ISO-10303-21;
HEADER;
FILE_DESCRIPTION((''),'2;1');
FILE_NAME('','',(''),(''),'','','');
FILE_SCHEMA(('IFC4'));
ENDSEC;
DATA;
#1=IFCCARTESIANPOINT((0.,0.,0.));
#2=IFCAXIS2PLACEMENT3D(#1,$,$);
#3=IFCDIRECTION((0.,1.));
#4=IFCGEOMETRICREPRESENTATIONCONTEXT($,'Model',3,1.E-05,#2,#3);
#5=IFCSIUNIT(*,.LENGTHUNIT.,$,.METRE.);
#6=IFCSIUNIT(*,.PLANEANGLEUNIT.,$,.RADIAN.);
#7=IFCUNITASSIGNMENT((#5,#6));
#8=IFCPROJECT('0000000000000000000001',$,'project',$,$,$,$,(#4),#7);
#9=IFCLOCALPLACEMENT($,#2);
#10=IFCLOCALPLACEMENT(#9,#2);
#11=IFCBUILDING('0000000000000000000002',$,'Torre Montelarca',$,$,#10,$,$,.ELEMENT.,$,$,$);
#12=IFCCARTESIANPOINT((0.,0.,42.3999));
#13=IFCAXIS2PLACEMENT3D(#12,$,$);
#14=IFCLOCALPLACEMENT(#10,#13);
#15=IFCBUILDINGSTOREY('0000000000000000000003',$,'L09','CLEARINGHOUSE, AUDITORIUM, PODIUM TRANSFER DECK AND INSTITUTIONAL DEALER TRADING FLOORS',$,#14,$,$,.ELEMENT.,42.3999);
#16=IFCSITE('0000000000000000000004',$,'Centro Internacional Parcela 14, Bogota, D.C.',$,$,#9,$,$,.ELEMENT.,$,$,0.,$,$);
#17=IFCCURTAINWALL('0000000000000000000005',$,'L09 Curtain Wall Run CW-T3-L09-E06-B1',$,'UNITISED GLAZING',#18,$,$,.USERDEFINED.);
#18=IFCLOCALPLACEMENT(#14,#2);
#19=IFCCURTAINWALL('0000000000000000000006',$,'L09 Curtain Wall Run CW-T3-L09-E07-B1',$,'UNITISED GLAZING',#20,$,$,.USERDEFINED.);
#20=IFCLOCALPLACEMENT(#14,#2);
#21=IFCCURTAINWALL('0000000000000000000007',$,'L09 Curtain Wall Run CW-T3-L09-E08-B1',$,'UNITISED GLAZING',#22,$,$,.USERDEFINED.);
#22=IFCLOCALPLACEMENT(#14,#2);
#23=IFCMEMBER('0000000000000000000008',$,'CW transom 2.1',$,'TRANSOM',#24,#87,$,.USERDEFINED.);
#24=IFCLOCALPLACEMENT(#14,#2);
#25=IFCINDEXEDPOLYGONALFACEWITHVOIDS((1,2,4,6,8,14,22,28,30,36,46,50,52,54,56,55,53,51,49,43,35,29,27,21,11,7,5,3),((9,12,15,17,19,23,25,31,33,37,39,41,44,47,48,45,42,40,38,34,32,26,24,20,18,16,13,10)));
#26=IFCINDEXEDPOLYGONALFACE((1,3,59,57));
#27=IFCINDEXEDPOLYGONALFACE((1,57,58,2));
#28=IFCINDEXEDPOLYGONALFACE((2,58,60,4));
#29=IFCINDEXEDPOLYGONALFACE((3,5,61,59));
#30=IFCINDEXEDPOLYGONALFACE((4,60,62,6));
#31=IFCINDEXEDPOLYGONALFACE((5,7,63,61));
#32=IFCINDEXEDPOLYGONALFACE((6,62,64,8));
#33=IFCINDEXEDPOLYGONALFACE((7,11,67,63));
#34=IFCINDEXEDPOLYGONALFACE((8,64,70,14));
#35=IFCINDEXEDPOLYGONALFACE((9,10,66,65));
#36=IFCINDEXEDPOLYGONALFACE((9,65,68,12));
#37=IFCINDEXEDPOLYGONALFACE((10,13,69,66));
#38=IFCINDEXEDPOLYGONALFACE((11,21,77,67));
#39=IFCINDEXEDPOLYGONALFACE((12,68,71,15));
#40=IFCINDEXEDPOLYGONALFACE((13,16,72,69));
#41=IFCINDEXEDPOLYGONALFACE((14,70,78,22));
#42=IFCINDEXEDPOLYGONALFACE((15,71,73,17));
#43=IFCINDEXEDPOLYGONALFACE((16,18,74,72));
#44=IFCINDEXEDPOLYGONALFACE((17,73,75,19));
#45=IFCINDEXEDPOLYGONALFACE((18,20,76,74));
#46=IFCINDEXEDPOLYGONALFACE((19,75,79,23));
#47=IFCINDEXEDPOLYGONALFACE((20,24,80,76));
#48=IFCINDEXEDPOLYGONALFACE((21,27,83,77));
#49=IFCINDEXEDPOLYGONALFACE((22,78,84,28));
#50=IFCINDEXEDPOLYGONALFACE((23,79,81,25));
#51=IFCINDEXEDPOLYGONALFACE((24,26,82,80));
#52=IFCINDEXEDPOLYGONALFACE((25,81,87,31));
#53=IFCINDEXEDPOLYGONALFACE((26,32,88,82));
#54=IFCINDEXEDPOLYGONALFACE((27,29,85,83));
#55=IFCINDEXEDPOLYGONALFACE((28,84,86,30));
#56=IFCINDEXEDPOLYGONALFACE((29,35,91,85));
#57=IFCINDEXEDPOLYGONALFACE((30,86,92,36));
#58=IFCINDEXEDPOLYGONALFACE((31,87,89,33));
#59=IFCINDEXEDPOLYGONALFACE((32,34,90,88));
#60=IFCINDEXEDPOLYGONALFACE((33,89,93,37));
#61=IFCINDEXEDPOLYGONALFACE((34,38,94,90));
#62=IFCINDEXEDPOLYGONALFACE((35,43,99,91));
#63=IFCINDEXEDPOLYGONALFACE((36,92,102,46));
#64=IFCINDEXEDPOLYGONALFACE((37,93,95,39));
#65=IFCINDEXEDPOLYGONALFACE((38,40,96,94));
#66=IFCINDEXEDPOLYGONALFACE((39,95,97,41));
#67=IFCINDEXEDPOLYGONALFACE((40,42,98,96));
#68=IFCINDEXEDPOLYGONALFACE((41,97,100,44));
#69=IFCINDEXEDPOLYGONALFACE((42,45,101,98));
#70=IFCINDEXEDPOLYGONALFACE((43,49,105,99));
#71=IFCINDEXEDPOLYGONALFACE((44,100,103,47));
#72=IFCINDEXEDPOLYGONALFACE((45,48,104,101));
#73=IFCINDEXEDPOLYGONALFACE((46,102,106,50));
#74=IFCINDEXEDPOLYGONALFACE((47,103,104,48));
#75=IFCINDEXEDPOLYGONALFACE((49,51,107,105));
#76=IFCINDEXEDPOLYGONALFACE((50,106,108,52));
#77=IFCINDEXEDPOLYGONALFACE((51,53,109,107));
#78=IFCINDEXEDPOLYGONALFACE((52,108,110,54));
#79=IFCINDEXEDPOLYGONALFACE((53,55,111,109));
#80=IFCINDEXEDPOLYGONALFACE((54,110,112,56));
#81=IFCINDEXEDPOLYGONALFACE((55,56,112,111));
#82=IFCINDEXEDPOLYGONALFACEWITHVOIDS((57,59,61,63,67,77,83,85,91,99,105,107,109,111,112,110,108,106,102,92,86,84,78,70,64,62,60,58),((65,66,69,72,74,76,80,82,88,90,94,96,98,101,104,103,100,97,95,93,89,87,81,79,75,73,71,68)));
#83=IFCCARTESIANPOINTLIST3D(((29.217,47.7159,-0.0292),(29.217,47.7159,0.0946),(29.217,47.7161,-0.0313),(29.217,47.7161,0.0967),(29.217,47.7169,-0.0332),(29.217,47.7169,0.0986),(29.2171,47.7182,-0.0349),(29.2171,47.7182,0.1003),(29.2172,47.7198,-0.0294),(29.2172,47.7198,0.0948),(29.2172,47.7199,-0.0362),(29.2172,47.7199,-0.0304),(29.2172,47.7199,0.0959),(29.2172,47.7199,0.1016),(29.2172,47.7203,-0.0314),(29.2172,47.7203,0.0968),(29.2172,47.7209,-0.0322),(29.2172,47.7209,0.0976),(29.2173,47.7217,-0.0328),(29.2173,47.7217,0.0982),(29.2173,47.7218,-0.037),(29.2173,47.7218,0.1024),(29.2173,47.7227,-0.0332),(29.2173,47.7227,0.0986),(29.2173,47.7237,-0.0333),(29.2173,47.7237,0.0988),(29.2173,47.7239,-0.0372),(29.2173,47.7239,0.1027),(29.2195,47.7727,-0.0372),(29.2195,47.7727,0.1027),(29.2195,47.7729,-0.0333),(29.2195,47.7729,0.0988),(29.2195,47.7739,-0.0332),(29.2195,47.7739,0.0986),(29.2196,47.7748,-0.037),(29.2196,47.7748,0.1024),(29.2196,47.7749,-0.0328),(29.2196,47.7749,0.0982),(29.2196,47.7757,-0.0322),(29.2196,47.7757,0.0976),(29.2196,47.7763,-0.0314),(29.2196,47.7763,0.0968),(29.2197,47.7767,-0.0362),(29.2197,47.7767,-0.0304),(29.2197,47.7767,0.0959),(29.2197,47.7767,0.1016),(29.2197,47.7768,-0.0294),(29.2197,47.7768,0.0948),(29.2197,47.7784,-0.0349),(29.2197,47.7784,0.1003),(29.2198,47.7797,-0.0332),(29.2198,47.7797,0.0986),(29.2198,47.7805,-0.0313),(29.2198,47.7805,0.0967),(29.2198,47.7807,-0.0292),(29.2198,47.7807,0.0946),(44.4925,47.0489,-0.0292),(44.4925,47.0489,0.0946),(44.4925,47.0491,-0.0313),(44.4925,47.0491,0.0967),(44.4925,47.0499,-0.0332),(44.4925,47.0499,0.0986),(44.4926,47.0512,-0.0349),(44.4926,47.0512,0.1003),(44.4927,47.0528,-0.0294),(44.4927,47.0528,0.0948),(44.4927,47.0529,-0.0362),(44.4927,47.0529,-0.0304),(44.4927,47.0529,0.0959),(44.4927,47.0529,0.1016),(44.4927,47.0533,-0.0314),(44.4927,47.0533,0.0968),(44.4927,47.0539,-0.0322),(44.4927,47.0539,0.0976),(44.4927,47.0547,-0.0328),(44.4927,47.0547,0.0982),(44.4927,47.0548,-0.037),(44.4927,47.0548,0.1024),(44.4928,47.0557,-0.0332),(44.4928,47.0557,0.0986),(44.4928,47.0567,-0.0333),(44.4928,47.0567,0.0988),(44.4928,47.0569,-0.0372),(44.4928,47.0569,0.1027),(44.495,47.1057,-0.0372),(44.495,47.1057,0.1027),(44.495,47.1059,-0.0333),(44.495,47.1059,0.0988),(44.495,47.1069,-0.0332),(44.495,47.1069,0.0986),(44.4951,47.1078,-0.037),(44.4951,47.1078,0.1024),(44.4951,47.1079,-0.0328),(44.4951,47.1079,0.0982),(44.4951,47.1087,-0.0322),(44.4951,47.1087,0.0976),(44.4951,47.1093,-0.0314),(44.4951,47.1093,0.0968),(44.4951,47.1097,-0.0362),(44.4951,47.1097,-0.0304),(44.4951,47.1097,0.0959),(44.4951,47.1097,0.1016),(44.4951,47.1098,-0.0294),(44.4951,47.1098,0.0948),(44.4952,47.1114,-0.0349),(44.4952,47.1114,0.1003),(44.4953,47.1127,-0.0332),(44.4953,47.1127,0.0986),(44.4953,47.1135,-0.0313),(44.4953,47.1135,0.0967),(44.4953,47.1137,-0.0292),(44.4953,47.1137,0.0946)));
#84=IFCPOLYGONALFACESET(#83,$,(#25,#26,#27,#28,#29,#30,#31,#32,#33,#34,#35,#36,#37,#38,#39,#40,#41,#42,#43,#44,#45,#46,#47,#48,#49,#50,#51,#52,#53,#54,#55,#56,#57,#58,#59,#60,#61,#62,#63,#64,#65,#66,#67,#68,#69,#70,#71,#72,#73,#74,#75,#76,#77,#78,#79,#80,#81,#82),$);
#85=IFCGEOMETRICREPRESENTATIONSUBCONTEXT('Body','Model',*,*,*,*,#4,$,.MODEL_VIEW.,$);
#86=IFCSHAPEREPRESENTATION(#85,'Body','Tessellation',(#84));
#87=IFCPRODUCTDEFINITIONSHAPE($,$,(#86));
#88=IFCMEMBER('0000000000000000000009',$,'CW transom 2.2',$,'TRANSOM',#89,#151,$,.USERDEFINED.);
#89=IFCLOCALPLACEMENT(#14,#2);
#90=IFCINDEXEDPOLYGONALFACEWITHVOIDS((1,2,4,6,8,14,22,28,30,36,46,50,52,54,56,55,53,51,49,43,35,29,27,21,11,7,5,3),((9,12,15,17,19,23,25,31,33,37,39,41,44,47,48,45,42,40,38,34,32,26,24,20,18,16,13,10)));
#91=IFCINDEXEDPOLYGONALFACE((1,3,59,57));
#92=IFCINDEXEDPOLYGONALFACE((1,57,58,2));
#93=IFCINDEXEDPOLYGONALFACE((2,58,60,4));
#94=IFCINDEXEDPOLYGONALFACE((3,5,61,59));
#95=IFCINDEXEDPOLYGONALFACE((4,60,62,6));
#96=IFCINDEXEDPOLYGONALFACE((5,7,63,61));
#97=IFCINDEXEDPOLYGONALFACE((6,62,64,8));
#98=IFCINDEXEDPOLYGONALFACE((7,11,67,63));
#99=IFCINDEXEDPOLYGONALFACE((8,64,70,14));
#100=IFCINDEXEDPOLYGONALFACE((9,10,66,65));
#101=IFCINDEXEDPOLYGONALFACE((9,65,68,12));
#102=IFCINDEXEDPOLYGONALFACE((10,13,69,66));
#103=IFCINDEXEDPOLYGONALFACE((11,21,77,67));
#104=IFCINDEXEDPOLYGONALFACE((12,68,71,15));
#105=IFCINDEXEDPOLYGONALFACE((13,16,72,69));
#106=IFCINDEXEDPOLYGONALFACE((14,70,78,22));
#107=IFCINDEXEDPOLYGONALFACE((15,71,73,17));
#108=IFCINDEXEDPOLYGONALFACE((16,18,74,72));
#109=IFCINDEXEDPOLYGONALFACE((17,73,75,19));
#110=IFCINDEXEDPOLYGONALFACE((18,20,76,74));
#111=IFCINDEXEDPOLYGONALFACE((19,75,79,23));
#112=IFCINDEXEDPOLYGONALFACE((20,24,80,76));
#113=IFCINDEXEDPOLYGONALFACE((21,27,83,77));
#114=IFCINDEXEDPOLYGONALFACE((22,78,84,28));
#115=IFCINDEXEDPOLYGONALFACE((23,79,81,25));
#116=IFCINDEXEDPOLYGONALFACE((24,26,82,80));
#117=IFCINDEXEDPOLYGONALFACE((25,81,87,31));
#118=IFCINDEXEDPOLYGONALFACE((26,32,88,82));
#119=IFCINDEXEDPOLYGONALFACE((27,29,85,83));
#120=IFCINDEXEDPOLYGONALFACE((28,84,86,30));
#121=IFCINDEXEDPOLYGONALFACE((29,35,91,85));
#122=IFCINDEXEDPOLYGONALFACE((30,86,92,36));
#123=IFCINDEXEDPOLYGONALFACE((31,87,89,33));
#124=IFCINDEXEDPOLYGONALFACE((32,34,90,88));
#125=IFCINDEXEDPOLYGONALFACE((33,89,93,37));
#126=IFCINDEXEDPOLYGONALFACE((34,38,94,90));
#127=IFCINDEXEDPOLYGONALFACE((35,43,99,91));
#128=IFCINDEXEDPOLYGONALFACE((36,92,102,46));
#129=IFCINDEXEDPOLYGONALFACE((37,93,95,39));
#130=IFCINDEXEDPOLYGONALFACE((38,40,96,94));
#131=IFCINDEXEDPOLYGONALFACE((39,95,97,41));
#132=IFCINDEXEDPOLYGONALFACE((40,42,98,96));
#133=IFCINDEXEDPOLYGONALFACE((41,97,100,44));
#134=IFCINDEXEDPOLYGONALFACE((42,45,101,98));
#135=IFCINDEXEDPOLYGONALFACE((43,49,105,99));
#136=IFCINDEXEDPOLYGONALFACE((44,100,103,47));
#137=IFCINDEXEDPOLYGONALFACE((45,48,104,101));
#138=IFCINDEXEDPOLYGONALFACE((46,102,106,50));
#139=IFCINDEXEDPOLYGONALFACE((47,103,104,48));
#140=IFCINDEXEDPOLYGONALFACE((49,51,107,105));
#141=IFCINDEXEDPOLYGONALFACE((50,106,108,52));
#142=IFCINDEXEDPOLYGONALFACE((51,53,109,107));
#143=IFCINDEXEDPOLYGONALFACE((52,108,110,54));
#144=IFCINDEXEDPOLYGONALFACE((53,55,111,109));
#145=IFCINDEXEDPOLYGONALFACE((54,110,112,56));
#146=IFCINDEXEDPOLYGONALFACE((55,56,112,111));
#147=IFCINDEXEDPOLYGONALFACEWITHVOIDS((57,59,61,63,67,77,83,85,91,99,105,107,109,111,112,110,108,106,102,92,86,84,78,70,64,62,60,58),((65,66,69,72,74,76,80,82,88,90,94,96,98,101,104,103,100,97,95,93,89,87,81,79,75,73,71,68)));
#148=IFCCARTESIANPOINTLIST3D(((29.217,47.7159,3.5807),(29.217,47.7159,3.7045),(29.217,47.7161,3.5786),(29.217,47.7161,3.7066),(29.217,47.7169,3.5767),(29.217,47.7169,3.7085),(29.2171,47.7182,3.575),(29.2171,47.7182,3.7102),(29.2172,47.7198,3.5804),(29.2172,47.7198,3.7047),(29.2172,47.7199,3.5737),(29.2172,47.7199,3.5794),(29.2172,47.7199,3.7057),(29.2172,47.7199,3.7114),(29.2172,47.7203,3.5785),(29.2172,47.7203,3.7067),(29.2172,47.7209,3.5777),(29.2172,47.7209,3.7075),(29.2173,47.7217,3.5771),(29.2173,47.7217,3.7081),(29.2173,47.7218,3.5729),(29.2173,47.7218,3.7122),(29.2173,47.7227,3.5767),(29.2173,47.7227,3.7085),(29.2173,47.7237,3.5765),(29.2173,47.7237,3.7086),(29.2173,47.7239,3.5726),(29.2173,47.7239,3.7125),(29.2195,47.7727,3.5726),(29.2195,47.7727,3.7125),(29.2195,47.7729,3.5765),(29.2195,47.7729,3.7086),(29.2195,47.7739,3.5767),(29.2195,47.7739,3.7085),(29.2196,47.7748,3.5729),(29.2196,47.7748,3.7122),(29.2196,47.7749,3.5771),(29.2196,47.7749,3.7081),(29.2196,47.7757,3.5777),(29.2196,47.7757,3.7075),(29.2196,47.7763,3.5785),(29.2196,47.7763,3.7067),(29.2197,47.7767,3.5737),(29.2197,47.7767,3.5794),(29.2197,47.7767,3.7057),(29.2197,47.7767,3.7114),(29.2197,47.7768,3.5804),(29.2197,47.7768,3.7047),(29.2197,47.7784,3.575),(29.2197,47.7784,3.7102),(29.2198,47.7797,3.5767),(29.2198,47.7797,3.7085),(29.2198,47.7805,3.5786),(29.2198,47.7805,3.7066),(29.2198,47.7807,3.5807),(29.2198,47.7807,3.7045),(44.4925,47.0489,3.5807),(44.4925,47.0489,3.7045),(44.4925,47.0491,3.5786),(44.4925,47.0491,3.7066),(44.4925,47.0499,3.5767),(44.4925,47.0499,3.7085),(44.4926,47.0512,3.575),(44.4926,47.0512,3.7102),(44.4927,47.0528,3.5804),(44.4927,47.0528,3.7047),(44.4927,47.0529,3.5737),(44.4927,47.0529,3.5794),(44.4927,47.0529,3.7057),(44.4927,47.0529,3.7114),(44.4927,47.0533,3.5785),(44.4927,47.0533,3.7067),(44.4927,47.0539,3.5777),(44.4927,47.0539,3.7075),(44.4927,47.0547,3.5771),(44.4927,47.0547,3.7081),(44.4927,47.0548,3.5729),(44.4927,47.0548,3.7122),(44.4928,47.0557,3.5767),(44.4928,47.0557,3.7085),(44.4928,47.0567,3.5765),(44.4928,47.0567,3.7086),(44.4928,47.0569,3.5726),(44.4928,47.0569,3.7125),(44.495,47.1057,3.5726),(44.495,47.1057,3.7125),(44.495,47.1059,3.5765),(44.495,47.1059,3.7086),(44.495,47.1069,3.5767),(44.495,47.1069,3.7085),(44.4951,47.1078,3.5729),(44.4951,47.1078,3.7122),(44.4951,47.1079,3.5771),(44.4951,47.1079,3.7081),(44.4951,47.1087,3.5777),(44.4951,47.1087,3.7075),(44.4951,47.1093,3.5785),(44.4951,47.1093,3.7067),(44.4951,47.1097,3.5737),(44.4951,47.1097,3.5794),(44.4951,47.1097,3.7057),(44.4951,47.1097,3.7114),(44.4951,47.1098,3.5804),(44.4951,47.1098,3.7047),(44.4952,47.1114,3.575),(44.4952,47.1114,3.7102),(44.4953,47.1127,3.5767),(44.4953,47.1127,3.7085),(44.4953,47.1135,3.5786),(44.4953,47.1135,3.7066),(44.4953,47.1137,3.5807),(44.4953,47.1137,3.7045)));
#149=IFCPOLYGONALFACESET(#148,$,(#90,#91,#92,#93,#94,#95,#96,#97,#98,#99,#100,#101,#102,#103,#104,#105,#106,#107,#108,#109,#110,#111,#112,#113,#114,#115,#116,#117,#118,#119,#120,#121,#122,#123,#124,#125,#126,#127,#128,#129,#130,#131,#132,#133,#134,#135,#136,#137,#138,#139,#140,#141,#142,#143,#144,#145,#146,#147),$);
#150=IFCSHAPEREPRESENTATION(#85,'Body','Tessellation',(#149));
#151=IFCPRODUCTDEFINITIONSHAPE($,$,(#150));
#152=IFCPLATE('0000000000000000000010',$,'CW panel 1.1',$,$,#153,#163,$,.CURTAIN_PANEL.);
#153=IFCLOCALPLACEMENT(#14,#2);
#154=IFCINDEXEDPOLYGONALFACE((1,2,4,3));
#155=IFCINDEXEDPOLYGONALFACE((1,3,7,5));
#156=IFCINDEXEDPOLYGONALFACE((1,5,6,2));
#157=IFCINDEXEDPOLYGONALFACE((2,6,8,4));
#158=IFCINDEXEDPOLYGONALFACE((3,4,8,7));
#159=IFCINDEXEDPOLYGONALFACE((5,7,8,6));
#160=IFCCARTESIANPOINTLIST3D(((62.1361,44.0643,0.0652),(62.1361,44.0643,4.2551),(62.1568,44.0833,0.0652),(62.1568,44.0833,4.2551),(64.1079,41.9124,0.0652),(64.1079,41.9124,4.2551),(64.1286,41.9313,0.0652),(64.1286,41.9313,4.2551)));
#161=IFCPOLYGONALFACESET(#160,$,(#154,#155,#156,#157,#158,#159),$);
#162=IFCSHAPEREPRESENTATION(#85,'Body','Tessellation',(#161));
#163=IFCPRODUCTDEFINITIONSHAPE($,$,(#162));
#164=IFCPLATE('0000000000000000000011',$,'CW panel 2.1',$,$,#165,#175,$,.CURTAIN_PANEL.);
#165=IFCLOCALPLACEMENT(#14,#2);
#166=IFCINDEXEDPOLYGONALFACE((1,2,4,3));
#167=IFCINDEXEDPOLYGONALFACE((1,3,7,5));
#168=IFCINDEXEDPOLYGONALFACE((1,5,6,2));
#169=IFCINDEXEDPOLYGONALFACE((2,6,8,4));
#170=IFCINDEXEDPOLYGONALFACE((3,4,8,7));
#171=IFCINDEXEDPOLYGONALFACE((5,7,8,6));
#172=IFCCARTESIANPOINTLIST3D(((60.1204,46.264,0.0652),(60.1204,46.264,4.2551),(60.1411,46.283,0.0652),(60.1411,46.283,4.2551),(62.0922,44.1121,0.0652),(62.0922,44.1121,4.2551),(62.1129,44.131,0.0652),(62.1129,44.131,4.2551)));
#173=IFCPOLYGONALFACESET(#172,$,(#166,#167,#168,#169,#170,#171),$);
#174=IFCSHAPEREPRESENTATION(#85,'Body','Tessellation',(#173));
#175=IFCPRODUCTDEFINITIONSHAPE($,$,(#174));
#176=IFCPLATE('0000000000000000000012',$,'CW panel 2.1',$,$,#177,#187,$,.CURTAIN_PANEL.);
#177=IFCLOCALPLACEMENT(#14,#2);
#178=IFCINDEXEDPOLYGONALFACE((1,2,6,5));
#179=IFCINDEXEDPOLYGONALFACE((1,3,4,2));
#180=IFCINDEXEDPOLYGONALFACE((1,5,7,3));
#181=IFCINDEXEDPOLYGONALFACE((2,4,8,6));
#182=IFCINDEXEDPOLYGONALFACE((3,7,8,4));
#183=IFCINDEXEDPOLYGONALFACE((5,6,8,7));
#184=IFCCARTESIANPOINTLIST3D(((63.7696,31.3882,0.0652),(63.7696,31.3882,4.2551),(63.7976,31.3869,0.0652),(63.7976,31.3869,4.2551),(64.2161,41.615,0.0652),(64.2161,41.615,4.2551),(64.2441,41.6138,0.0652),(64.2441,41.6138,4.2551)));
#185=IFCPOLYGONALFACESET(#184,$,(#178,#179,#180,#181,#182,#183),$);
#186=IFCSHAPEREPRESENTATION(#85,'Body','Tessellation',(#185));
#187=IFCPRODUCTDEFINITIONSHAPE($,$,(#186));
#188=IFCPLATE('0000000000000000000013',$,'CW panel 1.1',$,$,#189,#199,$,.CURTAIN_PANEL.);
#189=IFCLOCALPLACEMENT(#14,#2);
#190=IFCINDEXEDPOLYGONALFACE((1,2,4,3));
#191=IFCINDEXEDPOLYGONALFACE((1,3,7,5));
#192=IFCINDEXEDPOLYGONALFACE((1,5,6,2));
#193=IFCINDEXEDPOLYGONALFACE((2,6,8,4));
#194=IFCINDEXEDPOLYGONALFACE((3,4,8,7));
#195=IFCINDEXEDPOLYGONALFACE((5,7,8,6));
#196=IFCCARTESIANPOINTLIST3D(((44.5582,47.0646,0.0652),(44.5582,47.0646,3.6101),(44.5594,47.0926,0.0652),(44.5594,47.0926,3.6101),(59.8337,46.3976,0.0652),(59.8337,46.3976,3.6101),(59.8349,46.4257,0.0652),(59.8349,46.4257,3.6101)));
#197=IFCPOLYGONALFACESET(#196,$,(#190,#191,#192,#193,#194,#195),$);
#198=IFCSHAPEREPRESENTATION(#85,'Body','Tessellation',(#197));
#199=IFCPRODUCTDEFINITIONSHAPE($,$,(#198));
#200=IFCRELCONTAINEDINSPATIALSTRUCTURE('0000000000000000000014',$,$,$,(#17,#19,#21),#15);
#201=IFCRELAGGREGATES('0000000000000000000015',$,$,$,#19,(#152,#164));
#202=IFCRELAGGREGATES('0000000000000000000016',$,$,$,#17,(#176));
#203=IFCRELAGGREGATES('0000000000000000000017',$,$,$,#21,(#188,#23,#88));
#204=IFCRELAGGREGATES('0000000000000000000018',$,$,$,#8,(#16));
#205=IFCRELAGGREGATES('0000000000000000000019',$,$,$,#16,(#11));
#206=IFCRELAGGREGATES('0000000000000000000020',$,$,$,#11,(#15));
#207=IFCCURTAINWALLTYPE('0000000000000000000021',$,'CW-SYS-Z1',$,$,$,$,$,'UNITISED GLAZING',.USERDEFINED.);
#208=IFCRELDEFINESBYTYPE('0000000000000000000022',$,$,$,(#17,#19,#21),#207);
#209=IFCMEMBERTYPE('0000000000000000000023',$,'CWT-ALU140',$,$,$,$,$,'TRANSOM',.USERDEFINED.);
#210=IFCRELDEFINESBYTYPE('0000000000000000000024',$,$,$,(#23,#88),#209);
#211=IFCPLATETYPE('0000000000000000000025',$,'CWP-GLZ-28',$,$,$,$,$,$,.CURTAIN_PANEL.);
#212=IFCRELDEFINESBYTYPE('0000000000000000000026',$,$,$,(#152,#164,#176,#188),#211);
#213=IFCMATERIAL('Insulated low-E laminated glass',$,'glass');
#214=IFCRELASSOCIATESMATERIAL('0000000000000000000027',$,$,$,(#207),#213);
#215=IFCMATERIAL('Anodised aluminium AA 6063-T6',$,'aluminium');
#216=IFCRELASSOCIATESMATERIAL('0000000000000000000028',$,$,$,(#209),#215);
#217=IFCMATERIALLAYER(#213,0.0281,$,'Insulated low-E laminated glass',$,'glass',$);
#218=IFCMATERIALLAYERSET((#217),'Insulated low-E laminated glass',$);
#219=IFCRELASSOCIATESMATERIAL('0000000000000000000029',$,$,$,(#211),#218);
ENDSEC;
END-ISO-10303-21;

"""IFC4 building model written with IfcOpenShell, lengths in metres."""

from ifc_helpers import new_model, si_unit, direction, frame, origin, origin_2d, place, context, subcontext, project, spatial, rectangle, hollow_rectangle, extrude, source, transform, mapped, material, layer, layer_set, material_profile, profile_set, type_object, element, aggregate, save


model = new_model("IFC4")

# Units and contexts
model_context = context("Model", 3, precision=1e-05, world=origin(), true_north=direction((0.0, 1.0)))
body_context = subcontext(model_context, "Body", "Model", "MODEL_VIEW")
ifc_project = project(units=[si_unit("LENGTHUNIT", "METRE"), si_unit("PLANEANGLEUNIT", "RADIAN")], contexts=[model_context])

# Site, building, storey
site_placement = place(None, origin())
site = spatial("IfcSite", under=ifc_project, at=site_placement, Name="Centro Internacional Parcela 14, Bogota, D.C.", CompositionType="ELEMENT", RefElevation=0.0)
building_placement = place(site_placement, origin())
building = spatial("IfcBuilding", under=site, at=building_placement, Name="Torre Montelarca", CompositionType="ELEMENT")
storey_placement = place(building_placement, frame((0.0, 0.0, 42.3999)))
storey = spatial("IfcBuildingStorey", under=building, at=storey_placement, Name="L09", Description="CLEARINGHOUSE, AUDITORIUM, PODIUM TRANSFER DECK AND INSTITUTIONAL DEALER TRADING FLOORS", CompositionType="ELEMENT", Elevation=42.3999)

# Curtain walls
ifc_material_1 = material(Name="Insulated low-E laminated glass", Category="glass")
curtain_wall_type = type_object("IfcCurtainWallType", Name="CW-SYS-Z1", ElementType="UNITISED GLAZING", PredefinedType="USERDEFINED", material=ifc_material_1)
curtain_wall_1_placement = place(storey_placement, origin())
curtain_wall_1 = element("IfcCurtainWall", 1, at=curtain_wall_1_placement, inside=storey, type_object=curtain_wall_type, Name="L09 Curtain Wall Run CW-T3-L09-E06-B1", ObjectType="UNITISED GLAZING", PredefinedType="USERDEFINED")
ifc_material_2 = material(Name="Anodised aluminium AA 6063-T6", Category="aluminium")
curtain_wall_2_placement = place(storey_placement, origin())
curtain_wall_2 = element("IfcCurtainWall", 2, at=curtain_wall_2_placement, inside=storey, type_object=curtain_wall_type, Name="L09 Curtain Wall Run CW-T3-L09-E07-B1", ObjectType="UNITISED GLAZING", PredefinedType="USERDEFINED")
ifc_material_profile_1 = material_profile(ifc_material_2, hollow_rectangle(XDim=0.0649, YDim=0.1399, WallThickness=0.0039, InnerFilletRadius=0.0039, OuterFilletRadius=0.0081, at=origin_2d()), Name="ALU65X140X4", Category="aluminium")
ifc_profile_set_1 = profile_set([ifc_material_profile_1], Name="Anodised aluminium AA 6063-T6")
member_type_1 = type_object("IfcMemberType", Name="CWT-ALU140", ElementType="TRANSOM", PredefinedType="USERDEFINED", material=ifc_profile_set_1)

# Curtain wall, members
curtain_wall_3_placement = place(storey_placement, origin())
curtain_wall_3 = element("IfcCurtainWall", 3, at=curtain_wall_3_placement, inside=storey, type_object=curtain_wall_type, Name="L09 Curtain Wall Run CW-T3-L09-E08-B1", ObjectType="UNITISED GLAZING", PredefinedType="USERDEFINED")
shared_shape_1 = source(origin(), body_context, "Body", "SweptSolid", [
    extrude(hollow_rectangle(XDim=0.0649, YDim=0.1399, WallThickness=0.0039, InnerFilletRadius=0.0039, OuterFilletRadius=0.0081, at=origin_2d()), origin(), (0.0, 0.0, 1.0), 15.29),
])
member_1_placement = place(storey_placement, frame((44.4939, 47.0813, 0.0327), z_axis=(-0.999048, 0.043623, 0.0), x_axis=(-0.043623, -0.999048, 0.0)))
member_1 = element("IfcMember", 4, at=member_1_placement, type_object=member_type_1, Name="CW transom 2.1", ObjectType="TRANSOM", PredefinedType="USERDEFINED", context=body_context, shape_type="MappedRepresentation", body=[
    mapped(shared_shape_1, transform((0.0, 0.0, 0.0), scale=1.0)),
])
member_2_placement = place(storey_placement, frame((44.4939, 47.0813, 3.6426), z_axis=(-0.999048, 0.043623, 0.0), x_axis=(-0.043623, -0.999048, 0.0)))
member_2 = element("IfcMember", 5, at=member_2_placement, type_object=member_type_1, Name="CW transom 2.2", ObjectType="TRANSOM", PredefinedType="USERDEFINED", context=body_context, shape_type="MappedRepresentation", body=[
    mapped(shared_shape_1, transform((0.0, 0.0, 0.0), scale=1.0)),
])

# Plates
ifc_layer_1 = layer(ifc_material_1, 0.0281, Name="Insulated low-E laminated glass", Category="glass")
ifc_layer_set_1 = layer_set([ifc_layer_1], Name="Insulated low-E laminated glass")
plate_type = type_object("IfcPlateType", Name="CWP-GLZ-28", PredefinedType="CURTAIN_PANEL", material=ifc_layer_set_1)
shared_shape_2 = source(origin(), body_context, "Body", "SweptSolid", [
    extrude(rectangle(XDim=2.9187, YDim=0.0281, at=origin_2d()), origin(), (0.0, 0.0, 1.0), 4.1899),
])
plate_1_placement = place(storey_placement, frame((63.1323, 42.9978, 0.0652), z_axis=(0.0, 0.0, 1.0), x_axis=(-0.675574, 0.737292, 0.0)))
plate_1 = element("IfcPlate", 6, at=plate_1_placement, type_object=plate_type, Name="CW panel 1.1", PredefinedType="CURTAIN_PANEL", context=body_context, shape_type="MappedRepresentation", body=[
    mapped(shared_shape_2, transform((0.0, 0.0, 0.0), scale=1.0)),
])
plate_2_placement = place(storey_placement, frame((61.1167, 45.1975, 0.0652), z_axis=(0.0, 0.0, 1.0), x_axis=(-0.675574, 0.737292, 0.0)))
plate_2 = element("IfcPlate", 7, at=plate_2_placement, type_object=plate_type, Name="CW panel 2.1", PredefinedType="CURTAIN_PANEL", context=body_context, shape_type="MappedRepresentation", body=[
    mapped(shared_shape_2, transform((0.0, 0.0, 0.0), scale=1.0)),
])
aggregate(curtain_wall_2, [plate_1, plate_2])
shared_shape_3 = source(origin(), body_context, "Body", "SweptSolid", [
    extrude(rectangle(XDim=10.2366, YDim=0.0281, at=origin_2d()), origin(), (0.0, 0.0, 1.0), 4.1899),
])
plate_3_placement = place(storey_placement, frame((64.0068, 36.501, 0.0652), z_axis=(0.0, 0.0, 1.0), x_axis=(0.043618, 0.999048, 0.0)))
plate_3 = element("IfcPlate", 8, at=plate_3_placement, type_object=plate_type, Name="CW panel 2.1", PredefinedType="CURTAIN_PANEL", context=body_context, shape_type="MappedRepresentation", body=[
    mapped(shared_shape_3, transform((0.0, 0.0, 0.0), scale=1.0)),
])
aggregate(curtain_wall_1, [plate_3])
shared_shape_4 = source(origin(), body_context, "Body", "SweptSolid", [
    extrude(rectangle(XDim=15.29, YDim=0.0281, at=origin_2d()), origin(), (0.0, 0.0, 1.0), 3.5449),
])
plate_4_placement = place(storey_placement, frame((52.1965, 46.7451, 0.0652), z_axis=(0.0, 0.0, 1.0), x_axis=(-0.999048, 0.04362, 0.0)))
plate_4 = element("IfcPlate", 9, at=plate_4_placement, type_object=plate_type, Name="CW panel 1.1", PredefinedType="CURTAIN_PANEL", context=body_context, shape_type="MappedRepresentation", body=[
    mapped(shared_shape_4, transform((0.0, 0.0, 0.0), scale=1.0)),
])
aggregate(curtain_wall_3, [plate_4, member_1, member_2])

save(model, "model.ifc")
